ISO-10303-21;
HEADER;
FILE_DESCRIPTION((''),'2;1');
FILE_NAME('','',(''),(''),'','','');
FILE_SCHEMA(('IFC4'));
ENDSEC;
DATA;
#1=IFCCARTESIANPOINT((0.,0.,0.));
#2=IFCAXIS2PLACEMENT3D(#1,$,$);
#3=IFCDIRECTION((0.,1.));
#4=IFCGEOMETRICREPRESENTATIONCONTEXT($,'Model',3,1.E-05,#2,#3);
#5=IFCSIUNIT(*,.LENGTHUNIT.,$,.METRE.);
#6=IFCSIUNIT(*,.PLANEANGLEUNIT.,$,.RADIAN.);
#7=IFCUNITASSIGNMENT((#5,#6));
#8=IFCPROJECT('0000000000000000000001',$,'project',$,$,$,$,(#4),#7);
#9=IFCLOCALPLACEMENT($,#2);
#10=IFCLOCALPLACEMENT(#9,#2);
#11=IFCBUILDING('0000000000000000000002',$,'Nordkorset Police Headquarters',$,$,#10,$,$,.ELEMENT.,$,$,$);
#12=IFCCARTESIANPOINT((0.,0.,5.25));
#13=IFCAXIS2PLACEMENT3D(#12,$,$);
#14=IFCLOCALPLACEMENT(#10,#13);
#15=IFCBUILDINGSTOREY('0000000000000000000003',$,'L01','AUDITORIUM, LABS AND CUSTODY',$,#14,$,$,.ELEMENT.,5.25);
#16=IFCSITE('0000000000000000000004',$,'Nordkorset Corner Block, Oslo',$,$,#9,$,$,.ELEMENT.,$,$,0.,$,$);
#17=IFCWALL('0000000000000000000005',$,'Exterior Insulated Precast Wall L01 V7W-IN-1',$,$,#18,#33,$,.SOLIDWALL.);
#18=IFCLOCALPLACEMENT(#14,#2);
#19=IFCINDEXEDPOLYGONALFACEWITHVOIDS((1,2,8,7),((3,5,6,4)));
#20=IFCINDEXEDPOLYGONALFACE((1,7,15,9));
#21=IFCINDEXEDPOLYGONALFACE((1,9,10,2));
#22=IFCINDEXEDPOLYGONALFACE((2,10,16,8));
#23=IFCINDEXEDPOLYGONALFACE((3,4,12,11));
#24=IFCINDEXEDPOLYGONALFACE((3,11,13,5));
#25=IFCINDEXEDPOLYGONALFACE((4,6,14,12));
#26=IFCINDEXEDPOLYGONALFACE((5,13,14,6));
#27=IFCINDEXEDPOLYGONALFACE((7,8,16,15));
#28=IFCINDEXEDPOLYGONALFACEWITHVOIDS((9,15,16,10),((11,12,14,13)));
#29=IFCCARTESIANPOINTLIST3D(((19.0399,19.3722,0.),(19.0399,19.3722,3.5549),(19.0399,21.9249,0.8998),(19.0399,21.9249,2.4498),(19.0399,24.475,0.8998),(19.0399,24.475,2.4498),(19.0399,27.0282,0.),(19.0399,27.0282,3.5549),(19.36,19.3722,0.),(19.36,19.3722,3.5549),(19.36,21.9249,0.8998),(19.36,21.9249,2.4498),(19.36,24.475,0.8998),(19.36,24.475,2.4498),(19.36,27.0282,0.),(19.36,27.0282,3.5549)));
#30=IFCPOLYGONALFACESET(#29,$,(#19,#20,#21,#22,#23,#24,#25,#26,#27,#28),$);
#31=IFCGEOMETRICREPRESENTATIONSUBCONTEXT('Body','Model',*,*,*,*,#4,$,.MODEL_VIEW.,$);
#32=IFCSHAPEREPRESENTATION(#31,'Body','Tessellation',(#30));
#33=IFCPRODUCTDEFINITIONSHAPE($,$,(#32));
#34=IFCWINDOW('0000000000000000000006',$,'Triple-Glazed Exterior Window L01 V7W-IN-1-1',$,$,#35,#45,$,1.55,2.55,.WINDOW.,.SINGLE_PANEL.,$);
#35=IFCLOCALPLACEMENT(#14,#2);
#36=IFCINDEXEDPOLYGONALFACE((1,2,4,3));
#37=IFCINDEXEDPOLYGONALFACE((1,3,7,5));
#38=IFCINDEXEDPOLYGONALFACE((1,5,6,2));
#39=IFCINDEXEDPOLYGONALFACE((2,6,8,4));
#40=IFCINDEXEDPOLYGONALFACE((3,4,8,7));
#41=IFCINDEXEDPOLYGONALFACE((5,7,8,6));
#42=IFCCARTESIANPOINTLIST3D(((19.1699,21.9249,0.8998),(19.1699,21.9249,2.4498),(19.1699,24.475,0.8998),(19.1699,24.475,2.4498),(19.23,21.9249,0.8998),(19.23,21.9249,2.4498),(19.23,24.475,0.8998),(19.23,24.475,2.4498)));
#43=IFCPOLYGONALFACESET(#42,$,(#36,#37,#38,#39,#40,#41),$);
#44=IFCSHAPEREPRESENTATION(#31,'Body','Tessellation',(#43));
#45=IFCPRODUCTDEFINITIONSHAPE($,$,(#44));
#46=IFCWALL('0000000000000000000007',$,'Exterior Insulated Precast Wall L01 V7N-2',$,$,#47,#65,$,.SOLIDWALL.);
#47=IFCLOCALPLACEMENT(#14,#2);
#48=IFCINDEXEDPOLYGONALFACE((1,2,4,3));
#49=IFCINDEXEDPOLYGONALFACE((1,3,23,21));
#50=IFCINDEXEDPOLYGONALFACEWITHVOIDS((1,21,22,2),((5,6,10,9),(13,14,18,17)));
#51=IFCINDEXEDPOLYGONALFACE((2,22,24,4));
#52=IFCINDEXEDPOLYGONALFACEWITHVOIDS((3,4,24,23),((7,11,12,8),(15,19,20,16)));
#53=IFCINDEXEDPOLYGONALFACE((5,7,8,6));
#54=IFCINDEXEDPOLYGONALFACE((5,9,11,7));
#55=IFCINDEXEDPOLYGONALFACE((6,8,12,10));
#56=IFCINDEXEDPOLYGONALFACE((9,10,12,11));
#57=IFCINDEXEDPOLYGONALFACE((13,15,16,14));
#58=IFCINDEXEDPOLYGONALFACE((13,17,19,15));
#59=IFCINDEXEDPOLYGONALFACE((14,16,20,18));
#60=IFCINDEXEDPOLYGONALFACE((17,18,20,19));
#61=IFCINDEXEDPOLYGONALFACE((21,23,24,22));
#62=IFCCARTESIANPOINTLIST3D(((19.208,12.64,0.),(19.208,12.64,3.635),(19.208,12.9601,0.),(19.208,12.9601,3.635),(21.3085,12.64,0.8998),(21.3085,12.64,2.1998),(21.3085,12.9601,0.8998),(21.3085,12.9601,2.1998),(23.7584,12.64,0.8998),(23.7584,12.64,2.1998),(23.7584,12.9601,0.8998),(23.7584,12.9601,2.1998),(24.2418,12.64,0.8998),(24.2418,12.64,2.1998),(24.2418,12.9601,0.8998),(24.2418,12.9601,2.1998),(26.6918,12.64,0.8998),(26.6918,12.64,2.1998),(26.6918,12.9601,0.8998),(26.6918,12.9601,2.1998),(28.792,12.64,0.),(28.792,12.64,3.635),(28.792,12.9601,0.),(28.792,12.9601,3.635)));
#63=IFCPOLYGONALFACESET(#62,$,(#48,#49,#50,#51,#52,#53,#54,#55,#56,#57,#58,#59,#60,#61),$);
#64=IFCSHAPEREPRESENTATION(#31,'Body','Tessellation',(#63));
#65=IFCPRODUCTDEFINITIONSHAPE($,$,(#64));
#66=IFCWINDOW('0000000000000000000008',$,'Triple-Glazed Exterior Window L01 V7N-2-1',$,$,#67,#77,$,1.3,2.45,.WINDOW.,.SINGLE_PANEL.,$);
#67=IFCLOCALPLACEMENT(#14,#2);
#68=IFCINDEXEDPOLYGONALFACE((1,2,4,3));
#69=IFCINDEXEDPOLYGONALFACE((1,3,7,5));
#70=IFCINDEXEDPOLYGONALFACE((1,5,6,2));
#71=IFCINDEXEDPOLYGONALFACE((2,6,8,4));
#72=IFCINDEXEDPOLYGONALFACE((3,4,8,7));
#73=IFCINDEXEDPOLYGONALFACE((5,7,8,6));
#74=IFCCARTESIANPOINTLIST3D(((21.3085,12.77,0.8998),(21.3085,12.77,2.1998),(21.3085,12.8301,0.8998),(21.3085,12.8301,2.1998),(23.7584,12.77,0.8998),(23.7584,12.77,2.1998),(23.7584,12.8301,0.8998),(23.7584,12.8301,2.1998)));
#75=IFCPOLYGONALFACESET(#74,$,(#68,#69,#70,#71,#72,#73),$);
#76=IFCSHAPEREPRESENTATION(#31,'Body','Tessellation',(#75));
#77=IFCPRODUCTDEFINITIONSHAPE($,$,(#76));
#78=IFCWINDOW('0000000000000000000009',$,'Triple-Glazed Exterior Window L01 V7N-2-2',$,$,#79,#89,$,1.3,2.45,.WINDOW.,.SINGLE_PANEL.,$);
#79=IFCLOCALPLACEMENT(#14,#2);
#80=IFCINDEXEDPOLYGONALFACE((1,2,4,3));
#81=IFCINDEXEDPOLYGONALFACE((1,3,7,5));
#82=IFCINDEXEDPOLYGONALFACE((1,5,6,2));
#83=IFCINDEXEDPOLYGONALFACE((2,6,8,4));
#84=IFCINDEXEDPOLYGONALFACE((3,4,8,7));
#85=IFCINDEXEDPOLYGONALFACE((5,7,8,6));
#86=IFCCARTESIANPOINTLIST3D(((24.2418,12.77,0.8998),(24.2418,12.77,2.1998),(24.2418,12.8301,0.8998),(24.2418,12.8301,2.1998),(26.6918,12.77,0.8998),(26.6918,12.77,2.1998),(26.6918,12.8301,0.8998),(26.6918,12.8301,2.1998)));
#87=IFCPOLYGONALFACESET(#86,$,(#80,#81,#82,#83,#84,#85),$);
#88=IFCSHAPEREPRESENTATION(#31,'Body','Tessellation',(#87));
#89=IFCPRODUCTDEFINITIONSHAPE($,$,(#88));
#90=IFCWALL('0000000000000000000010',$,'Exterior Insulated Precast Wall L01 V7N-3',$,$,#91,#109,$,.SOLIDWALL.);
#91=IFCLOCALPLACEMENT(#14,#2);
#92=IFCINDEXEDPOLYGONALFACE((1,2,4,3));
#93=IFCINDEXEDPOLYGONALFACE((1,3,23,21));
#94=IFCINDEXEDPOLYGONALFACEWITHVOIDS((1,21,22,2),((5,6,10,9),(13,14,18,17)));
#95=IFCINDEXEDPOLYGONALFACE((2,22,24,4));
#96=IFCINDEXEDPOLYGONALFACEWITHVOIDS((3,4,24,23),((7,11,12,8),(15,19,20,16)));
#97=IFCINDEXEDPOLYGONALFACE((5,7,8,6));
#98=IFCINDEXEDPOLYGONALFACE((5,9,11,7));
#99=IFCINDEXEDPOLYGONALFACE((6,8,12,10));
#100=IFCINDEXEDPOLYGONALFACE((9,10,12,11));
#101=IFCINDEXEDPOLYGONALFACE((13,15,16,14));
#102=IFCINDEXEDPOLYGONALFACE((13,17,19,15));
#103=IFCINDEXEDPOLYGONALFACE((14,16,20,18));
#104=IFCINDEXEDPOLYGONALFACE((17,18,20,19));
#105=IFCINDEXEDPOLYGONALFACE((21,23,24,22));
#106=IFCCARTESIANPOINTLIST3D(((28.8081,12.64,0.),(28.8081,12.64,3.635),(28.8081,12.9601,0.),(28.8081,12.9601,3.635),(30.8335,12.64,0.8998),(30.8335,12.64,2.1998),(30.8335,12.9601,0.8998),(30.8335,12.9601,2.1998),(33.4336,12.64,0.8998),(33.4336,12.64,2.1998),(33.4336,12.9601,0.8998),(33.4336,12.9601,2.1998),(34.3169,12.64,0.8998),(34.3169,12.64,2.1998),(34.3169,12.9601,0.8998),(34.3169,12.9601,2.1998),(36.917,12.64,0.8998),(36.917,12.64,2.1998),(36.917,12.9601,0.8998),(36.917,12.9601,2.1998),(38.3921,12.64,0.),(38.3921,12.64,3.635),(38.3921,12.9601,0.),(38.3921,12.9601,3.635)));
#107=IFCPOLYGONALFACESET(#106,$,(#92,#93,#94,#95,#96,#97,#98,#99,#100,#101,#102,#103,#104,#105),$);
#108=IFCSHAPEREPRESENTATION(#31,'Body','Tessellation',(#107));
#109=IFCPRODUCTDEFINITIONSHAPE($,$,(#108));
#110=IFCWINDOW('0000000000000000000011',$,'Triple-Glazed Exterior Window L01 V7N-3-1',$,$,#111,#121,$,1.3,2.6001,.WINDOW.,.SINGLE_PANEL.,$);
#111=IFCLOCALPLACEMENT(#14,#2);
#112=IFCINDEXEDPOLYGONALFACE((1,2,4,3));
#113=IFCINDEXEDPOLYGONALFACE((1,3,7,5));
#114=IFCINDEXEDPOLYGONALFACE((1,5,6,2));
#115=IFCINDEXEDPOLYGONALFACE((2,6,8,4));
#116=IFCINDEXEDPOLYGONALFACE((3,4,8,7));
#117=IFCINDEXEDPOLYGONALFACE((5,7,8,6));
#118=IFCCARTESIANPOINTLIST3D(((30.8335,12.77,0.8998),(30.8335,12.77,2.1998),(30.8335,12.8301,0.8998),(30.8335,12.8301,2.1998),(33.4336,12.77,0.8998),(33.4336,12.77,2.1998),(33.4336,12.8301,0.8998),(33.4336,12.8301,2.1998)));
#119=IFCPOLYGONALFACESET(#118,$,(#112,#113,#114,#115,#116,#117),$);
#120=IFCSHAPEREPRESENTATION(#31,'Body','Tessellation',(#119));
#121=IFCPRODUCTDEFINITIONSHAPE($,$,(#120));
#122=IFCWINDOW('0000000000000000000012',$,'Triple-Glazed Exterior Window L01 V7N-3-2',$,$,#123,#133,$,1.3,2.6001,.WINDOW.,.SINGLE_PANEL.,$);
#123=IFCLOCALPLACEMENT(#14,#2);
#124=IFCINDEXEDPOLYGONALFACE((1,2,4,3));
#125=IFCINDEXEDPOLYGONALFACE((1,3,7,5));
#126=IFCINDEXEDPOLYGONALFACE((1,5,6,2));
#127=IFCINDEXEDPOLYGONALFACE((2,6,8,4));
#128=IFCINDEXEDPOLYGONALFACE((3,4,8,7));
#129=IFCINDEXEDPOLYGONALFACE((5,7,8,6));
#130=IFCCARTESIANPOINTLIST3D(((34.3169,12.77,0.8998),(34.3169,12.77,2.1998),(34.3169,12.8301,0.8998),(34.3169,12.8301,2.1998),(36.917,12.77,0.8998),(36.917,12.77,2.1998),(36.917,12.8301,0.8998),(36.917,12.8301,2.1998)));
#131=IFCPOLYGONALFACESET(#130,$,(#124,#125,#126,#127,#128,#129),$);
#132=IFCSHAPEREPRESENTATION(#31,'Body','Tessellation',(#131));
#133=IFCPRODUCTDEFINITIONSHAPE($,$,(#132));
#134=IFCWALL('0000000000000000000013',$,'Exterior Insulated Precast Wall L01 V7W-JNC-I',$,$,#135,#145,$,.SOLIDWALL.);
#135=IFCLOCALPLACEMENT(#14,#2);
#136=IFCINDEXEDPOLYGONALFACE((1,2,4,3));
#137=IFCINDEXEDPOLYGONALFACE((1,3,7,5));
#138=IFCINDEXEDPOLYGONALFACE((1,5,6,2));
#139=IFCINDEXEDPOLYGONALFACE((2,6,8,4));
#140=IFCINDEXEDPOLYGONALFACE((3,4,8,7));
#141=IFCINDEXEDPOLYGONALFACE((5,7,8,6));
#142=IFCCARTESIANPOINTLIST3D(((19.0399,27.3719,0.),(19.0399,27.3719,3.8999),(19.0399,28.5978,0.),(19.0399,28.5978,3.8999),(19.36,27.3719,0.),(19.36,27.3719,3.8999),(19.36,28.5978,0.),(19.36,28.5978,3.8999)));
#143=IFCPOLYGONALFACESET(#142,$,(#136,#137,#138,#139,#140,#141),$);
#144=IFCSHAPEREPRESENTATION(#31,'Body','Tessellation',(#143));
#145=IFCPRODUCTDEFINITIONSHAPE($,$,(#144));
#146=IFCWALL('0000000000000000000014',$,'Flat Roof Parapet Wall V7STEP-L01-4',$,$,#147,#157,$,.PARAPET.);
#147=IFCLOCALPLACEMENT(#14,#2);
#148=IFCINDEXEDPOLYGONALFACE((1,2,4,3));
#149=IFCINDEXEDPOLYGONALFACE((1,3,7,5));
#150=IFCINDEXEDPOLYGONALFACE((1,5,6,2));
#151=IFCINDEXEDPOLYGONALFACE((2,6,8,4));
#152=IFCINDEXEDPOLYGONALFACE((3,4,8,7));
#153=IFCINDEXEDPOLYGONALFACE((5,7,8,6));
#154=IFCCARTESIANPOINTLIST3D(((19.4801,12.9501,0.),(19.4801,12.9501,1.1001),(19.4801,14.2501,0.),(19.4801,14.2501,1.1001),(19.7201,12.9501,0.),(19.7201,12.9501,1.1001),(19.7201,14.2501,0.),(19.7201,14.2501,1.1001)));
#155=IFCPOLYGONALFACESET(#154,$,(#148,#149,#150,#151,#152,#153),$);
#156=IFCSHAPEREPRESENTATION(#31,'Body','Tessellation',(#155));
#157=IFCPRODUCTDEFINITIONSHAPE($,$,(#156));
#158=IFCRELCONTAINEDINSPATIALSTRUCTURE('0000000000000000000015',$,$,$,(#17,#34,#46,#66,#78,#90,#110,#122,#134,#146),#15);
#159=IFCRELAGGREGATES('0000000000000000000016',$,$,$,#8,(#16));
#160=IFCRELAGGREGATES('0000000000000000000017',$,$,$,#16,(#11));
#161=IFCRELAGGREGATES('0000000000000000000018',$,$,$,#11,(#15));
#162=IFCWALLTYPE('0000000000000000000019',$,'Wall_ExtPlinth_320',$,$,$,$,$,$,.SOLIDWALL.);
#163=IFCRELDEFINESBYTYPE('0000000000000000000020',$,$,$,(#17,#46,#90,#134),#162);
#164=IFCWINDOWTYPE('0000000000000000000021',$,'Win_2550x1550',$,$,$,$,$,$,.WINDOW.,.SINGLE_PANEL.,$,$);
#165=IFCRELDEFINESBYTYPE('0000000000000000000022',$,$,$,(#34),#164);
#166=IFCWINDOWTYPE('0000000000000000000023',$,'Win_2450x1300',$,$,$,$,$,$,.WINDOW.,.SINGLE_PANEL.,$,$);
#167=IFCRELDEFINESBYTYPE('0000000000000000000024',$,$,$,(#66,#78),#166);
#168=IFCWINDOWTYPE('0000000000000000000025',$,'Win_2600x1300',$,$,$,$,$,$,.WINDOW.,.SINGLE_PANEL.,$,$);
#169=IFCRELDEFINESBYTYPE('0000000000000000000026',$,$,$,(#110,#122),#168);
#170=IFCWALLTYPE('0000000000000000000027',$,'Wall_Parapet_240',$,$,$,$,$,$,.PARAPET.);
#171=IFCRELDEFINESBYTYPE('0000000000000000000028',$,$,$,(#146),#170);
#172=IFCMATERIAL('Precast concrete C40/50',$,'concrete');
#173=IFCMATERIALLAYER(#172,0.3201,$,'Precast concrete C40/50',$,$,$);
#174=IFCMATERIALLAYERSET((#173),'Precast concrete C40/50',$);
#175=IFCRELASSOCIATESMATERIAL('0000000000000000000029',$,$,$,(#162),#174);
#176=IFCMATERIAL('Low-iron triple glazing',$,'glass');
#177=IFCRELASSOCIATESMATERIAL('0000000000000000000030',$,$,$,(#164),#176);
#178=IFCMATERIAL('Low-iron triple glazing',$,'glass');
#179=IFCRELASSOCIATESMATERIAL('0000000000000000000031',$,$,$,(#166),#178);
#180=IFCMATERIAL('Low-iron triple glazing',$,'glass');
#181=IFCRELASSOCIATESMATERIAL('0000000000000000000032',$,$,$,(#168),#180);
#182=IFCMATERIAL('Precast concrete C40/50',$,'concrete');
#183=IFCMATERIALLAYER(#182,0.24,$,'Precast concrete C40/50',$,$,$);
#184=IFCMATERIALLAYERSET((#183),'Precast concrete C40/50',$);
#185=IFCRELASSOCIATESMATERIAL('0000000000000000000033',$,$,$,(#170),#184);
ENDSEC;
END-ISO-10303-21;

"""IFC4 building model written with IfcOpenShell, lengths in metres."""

from ifc_helpers import new_model, si_unit, direction, frame, frame_2d, origin, place, context, subcontext, project, spatial, rectangle, extrude, material, layer, layer_set, type_object, element, fill, save


model = new_model("IFC4")

# Units and contexts
model_context = context("Model", 3, precision=1e-05, world=origin(), true_north=direction((0.0, 1.0)))
body_context = subcontext(model_context, "Body", "Model", "MODEL_VIEW")
ifc_project = project(units=[si_unit("LENGTHUNIT", "METRE"), si_unit("PLANEANGLEUNIT", "RADIAN")], contexts=[model_context])

# Site, building, storey
site_placement = place(None, origin())
site = spatial("IfcSite", under=ifc_project, at=site_placement, Name="Nordkorset Corner Block, Oslo", CompositionType="ELEMENT", RefElevation=0.0)
building_placement = place(site_placement, origin())
building = spatial("IfcBuilding", under=site, at=building_placement, Name="Nordkorset Police Headquarters", CompositionType="ELEMENT")
storey_placement = place(building_placement, frame((0.0, 0.0, 5.25)))
storey = spatial("IfcBuildingStorey", under=building, at=storey_placement, Name="L01", Description="AUDITORIUM, LABS AND CUSTODY", CompositionType="ELEMENT", Elevation=5.25)

# Wall, opening, window
ifc_material_1 = material(Name="Precast concrete C40/50", Category="concrete")
ifc_layer_1 = layer(ifc_material_1, 0.3201, Name="Precast concrete C40/50")
ifc_layer_set_1 = layer_set([ifc_layer_1], Name="Precast concrete C40/50")
wall_type_1 = type_object("IfcWallType", Name="Wall_ExtPlinth_320", PredefinedType="SOLIDWALL", material=ifc_layer_set_1)
wall_1_placement = place(storey_placement, frame((19.2, 19.3721, 0.0), z_axis=(0.0, 0.0, 1.0), x_axis=(0.0, 1.0, 0.0)))
wall_1 = element("IfcWall", 1, at=wall_1_placement, inside=storey, type_object=wall_type_1, Name="Exterior Insulated Precast Wall L01 V7W-IN-1", PredefinedType="SOLIDWALL", context=body_context, shape_type="SweptSolid", body=[
    extrude(rectangle(XDim=7.656, YDim=0.3201, at=frame_2d((3.8281, 0.0))), origin(), (0.0, 0.0, 1.0), 3.5549),
])
opening_1_placement = place(wall_1_placement, frame((2.553, 0.0, 0.8999)))
opening_1 = element("IfcOpeningElement", 2, at=opening_1_placement, cuts=wall_1, PredefinedType="OPENING", context=body_context, shape_type="SweptSolid", body=[
    extrude(rectangle(XDim=2.55, YDim=1.55, at=frame_2d((1.2749, 0.7749))), frame((0.0, 0.1699, 0.0), z_axis=(0.0, -1.0, 0.0), x_axis=(1.0, 0.0, 0.0)), (0.0, 0.0, 1.0), 0.3401),
])
ifc_material_2 = material(Name="Low-iron triple glazing", Category="glass")
window_type_1 = type_object("IfcWindowType", Name="Win_2550x1550", PartitioningType="SINGLE_PANEL", PredefinedType="WINDOW", material=ifc_material_2)
window_1_placement = place(opening_1_placement, origin())
window_1 = element("IfcWindow", 3, at=window_1_placement, inside=storey, type_object=window_type_1, Name="Triple-Glazed Exterior Window L01 V7W-IN-1-1", OverallHeight=1.55, OverallWidth=2.55, PartitioningType="SINGLE_PANEL", PredefinedType="WINDOW", context=body_context, shape_type="SweptSolid", body=[
    extrude(rectangle(XDim=2.55, YDim=1.55, at=frame_2d((1.2749, 0.7749))), frame((0.0, 0.03, 0.0), z_axis=(0.0, -1.0, 0.0), x_axis=(1.0, 0.0, 0.0)), (0.0, 0.0, 1.0), 0.0601),
])
fill(opening_1, window_1)

# Walls, openings, windows
wall_2_placement = place(storey_placement, frame((19.208, 12.8, 0.0), z_axis=(0.0, 0.0, 1.0), x_axis=(1.0, 0.0, 0.0)))
wall_2 = element("IfcWall", 4, at=wall_2_placement, inside=storey, type_object=wall_type_1, Name="Exterior Insulated Precast Wall L01 V7N-2", PredefinedType="SOLIDWALL", context=body_context, shape_type="SweptSolid", body=[
    extrude(rectangle(XDim=9.584, YDim=0.3201, at=frame_2d((4.792, 0.0))), origin(), (0.0, 0.0, 1.0), 3.635),
])
opening_2_placement = place(wall_2_placement, frame((2.1003, 0.0, 0.8999)))
opening_2 = element("IfcOpeningElement", 5, at=opening_2_placement, cuts=wall_2, PredefinedType="OPENING", context=body_context, shape_type="SweptSolid", body=[
    extrude(rectangle(XDim=2.45, YDim=1.3, at=frame_2d((1.2251, 0.6499))), frame((0.0, 0.1699, 0.0), z_axis=(0.0, -1.0, 0.0), x_axis=(1.0, 0.0, 0.0)), (0.0, 0.0, 1.0), 0.3401),
])
opening_3_placement = place(wall_2_placement, frame((5.0337, 0.0, 0.8999)))
opening_3 = element("IfcOpeningElement", 6, at=opening_3_placement, cuts=wall_2, PredefinedType="OPENING", context=body_context, shape_type="SweptSolid", body=[
    extrude(rectangle(XDim=2.45, YDim=1.3, at=frame_2d((1.2251, 0.6499))), frame((0.0, 0.1699, 0.0), z_axis=(0.0, -1.0, 0.0), x_axis=(1.0, 0.0, 0.0)), (0.0, 0.0, 1.0), 0.3401),
])
ifc_material_3 = material(Name="Low-iron triple glazing", Category="glass")
window_type_2 = type_object("IfcWindowType", Name="Win_2450x1300", PartitioningType="SINGLE_PANEL", PredefinedType="WINDOW", material=ifc_material_3)
window_2_placement = place(opening_2_placement, origin())
window_2 = element("IfcWindow", 7, at=window_2_placement, inside=storey, type_object=window_type_2, Name="Triple-Glazed Exterior Window L01 V7N-2-1", OverallHeight=1.3, OverallWidth=2.45, PartitioningType="SINGLE_PANEL", PredefinedType="WINDOW", context=body_context, shape_type="SweptSolid", body=[
    extrude(rectangle(XDim=2.45, YDim=1.3, at=frame_2d((1.2251, 0.6499))), frame((0.0, 0.03, 0.0), z_axis=(0.0, -1.0, 0.0), x_axis=(1.0, 0.0, 0.0)), (0.0, 0.0, 1.0), 0.0601),
])
fill(opening_2, window_2)
window_3_placement = place(opening_3_placement, origin())
window_3 = element("IfcWindow", 8, at=window_3_placement, inside=storey, type_object=window_type_2, Name="Triple-Glazed Exterior Window L01 V7N-2-2", OverallHeight=1.3, OverallWidth=2.45, PartitioningType="SINGLE_PANEL", PredefinedType="WINDOW", context=body_context, shape_type="SweptSolid", body=[
    extrude(rectangle(XDim=2.45, YDim=1.3, at=frame_2d((1.2251, 0.6499))), frame((0.0, 0.03, 0.0), z_axis=(0.0, -1.0, 0.0), x_axis=(1.0, 0.0, 0.0)), (0.0, 0.0, 1.0), 0.0601),
])
fill(opening_3, window_3)
wall_3_placement = place(storey_placement, frame((28.8081, 12.8, 0.0), z_axis=(0.0, 0.0, 1.0), x_axis=(1.0, 0.0, 0.0)))
wall_3 = element("IfcWall", 9, at=wall_3_placement, inside=storey, type_object=wall_type_1, Name="Exterior Insulated Precast Wall L01 V7N-3", PredefinedType="SOLIDWALL", context=body_context, shape_type="SweptSolid", body=[
    extrude(rectangle(XDim=9.584, YDim=0.3201, at=frame_2d((4.792, 0.0))), origin(), (0.0, 0.0, 1.0), 3.635),
])
opening_4_placement = place(wall_3_placement, frame((2.0254, 0.0, 0.8999)))
opening_4 = element("IfcOpeningElement", 10, at=opening_4_placement, cuts=wall_3, PredefinedType="OPENING", context=body_context, shape_type="SweptSolid", body=[
    extrude(rectangle(XDim=2.6001, YDim=1.3, at=frame_2d((1.3, 0.6499))), frame((0.0, 0.1699, 0.0), z_axis=(0.0, -1.0, 0.0), x_axis=(1.0, 0.0, 0.0)), (0.0, 0.0, 1.0), 0.3401),
])
opening_5_placement = place(wall_3_placement, frame((5.5088, 0.0, 0.8999)))
opening_5 = element("IfcOpeningElement", 11, at=opening_5_placement, cuts=wall_3, PredefinedType="OPENING", context=body_context, shape_type="SweptSolid", body=[
    extrude(rectangle(XDim=2.6001, YDim=1.3, at=frame_2d((1.3, 0.6499))), frame((0.0, 0.1699, 0.0), z_axis=(0.0, -1.0, 0.0), x_axis=(1.0, 0.0, 0.0)), (0.0, 0.0, 1.0), 0.3401),
])
ifc_material_4 = material(Name="Low-iron triple glazing", Category="glass")
window_type_3 = type_object("IfcWindowType", Name="Win_2600x1300", PartitioningType="SINGLE_PANEL", PredefinedType="WINDOW", material=ifc_material_4)
window_4_placement = place(opening_4_placement, origin())
window_4 = element("IfcWindow", 12, at=window_4_placement, inside=storey, type_object=window_type_3, Name="Triple-Glazed Exterior Window L01 V7N-3-1", OverallHeight=1.3, OverallWidth=2.6001, PartitioningType="SINGLE_PANEL", PredefinedType="WINDOW", context=body_context, shape_type="SweptSolid", body=[
    extrude(rectangle(XDim=2.6001, YDim=1.3, at=frame_2d((1.3, 0.6499))), frame((0.0, 0.03, 0.0), z_axis=(0.0, -1.0, 0.0), x_axis=(1.0, 0.0, 0.0)), (0.0, 0.0, 1.0), 0.0601),
])
fill(opening_4, window_4)
window_5_placement = place(opening_5_placement, origin())
window_5 = element("IfcWindow", 13, at=window_5_placement, inside=storey, type_object=window_type_3, Name="Triple-Glazed Exterior Window L01 V7N-3-2", OverallHeight=1.3, OverallWidth=2.6001, PartitioningType="SINGLE_PANEL", PredefinedType="WINDOW", context=body_context, shape_type="SweptSolid", body=[
    extrude(rectangle(XDim=2.6001, YDim=1.3, at=frame_2d((1.3, 0.6499))), frame((0.0, 0.03, 0.0), z_axis=(0.0, -1.0, 0.0), x_axis=(1.0, 0.0, 0.0)), (0.0, 0.0, 1.0), 0.0601),
])
fill(opening_5, window_5)

# Walls
wall_4_placement = place(storey_placement, frame((19.2, 27.3721, 0.0), z_axis=(0.0, 0.0, 1.0), x_axis=(0.0, 1.0, 0.0)))
element("IfcWall", 14, at=wall_4_placement, inside=storey, type_object=wall_type_1, Name="Exterior Insulated Precast Wall L01 V7W-JNC-I", PredefinedType="SOLIDWALL", context=body_context, shape_type="SweptSolid", body=[
    extrude(rectangle(XDim=1.2258, YDim=0.3201, at=frame_2d((0.6128, 0.0))), origin(), (0.0, 0.0, 1.0), 3.8999),
])
ifc_material_5 = material(Name="Precast concrete C40/50", Category="concrete")
ifc_layer_2 = layer(ifc_material_5, 0.24, Name="Precast concrete C40/50")
ifc_layer_set_2 = layer_set([ifc_layer_2], Name="Precast concrete C40/50")
wall_type_2 = type_object("IfcWallType", Name="Wall_Parapet_240", PredefinedType="PARAPET", material=ifc_layer_set_2)
wall_5_placement = place(storey_placement, frame((19.6001, 14.25, 0.0), z_axis=(0.0, 0.0, 1.0), x_axis=(0.0, -1.0, 0.0)))
element("IfcWall", 15, at=wall_5_placement, inside=storey, type_object=wall_type_2, Name="Flat Roof Parapet Wall V7STEP-L01-4", PredefinedType="PARAPET", context=body_context, shape_type="SweptSolid", body=[
    extrude(rectangle(XDim=1.3, YDim=0.24, at=frame_2d((0.6499, 0.0))), origin(), (0.0, 0.0, 1.0), 1.1001),
])

save(model, "model.ifc")
